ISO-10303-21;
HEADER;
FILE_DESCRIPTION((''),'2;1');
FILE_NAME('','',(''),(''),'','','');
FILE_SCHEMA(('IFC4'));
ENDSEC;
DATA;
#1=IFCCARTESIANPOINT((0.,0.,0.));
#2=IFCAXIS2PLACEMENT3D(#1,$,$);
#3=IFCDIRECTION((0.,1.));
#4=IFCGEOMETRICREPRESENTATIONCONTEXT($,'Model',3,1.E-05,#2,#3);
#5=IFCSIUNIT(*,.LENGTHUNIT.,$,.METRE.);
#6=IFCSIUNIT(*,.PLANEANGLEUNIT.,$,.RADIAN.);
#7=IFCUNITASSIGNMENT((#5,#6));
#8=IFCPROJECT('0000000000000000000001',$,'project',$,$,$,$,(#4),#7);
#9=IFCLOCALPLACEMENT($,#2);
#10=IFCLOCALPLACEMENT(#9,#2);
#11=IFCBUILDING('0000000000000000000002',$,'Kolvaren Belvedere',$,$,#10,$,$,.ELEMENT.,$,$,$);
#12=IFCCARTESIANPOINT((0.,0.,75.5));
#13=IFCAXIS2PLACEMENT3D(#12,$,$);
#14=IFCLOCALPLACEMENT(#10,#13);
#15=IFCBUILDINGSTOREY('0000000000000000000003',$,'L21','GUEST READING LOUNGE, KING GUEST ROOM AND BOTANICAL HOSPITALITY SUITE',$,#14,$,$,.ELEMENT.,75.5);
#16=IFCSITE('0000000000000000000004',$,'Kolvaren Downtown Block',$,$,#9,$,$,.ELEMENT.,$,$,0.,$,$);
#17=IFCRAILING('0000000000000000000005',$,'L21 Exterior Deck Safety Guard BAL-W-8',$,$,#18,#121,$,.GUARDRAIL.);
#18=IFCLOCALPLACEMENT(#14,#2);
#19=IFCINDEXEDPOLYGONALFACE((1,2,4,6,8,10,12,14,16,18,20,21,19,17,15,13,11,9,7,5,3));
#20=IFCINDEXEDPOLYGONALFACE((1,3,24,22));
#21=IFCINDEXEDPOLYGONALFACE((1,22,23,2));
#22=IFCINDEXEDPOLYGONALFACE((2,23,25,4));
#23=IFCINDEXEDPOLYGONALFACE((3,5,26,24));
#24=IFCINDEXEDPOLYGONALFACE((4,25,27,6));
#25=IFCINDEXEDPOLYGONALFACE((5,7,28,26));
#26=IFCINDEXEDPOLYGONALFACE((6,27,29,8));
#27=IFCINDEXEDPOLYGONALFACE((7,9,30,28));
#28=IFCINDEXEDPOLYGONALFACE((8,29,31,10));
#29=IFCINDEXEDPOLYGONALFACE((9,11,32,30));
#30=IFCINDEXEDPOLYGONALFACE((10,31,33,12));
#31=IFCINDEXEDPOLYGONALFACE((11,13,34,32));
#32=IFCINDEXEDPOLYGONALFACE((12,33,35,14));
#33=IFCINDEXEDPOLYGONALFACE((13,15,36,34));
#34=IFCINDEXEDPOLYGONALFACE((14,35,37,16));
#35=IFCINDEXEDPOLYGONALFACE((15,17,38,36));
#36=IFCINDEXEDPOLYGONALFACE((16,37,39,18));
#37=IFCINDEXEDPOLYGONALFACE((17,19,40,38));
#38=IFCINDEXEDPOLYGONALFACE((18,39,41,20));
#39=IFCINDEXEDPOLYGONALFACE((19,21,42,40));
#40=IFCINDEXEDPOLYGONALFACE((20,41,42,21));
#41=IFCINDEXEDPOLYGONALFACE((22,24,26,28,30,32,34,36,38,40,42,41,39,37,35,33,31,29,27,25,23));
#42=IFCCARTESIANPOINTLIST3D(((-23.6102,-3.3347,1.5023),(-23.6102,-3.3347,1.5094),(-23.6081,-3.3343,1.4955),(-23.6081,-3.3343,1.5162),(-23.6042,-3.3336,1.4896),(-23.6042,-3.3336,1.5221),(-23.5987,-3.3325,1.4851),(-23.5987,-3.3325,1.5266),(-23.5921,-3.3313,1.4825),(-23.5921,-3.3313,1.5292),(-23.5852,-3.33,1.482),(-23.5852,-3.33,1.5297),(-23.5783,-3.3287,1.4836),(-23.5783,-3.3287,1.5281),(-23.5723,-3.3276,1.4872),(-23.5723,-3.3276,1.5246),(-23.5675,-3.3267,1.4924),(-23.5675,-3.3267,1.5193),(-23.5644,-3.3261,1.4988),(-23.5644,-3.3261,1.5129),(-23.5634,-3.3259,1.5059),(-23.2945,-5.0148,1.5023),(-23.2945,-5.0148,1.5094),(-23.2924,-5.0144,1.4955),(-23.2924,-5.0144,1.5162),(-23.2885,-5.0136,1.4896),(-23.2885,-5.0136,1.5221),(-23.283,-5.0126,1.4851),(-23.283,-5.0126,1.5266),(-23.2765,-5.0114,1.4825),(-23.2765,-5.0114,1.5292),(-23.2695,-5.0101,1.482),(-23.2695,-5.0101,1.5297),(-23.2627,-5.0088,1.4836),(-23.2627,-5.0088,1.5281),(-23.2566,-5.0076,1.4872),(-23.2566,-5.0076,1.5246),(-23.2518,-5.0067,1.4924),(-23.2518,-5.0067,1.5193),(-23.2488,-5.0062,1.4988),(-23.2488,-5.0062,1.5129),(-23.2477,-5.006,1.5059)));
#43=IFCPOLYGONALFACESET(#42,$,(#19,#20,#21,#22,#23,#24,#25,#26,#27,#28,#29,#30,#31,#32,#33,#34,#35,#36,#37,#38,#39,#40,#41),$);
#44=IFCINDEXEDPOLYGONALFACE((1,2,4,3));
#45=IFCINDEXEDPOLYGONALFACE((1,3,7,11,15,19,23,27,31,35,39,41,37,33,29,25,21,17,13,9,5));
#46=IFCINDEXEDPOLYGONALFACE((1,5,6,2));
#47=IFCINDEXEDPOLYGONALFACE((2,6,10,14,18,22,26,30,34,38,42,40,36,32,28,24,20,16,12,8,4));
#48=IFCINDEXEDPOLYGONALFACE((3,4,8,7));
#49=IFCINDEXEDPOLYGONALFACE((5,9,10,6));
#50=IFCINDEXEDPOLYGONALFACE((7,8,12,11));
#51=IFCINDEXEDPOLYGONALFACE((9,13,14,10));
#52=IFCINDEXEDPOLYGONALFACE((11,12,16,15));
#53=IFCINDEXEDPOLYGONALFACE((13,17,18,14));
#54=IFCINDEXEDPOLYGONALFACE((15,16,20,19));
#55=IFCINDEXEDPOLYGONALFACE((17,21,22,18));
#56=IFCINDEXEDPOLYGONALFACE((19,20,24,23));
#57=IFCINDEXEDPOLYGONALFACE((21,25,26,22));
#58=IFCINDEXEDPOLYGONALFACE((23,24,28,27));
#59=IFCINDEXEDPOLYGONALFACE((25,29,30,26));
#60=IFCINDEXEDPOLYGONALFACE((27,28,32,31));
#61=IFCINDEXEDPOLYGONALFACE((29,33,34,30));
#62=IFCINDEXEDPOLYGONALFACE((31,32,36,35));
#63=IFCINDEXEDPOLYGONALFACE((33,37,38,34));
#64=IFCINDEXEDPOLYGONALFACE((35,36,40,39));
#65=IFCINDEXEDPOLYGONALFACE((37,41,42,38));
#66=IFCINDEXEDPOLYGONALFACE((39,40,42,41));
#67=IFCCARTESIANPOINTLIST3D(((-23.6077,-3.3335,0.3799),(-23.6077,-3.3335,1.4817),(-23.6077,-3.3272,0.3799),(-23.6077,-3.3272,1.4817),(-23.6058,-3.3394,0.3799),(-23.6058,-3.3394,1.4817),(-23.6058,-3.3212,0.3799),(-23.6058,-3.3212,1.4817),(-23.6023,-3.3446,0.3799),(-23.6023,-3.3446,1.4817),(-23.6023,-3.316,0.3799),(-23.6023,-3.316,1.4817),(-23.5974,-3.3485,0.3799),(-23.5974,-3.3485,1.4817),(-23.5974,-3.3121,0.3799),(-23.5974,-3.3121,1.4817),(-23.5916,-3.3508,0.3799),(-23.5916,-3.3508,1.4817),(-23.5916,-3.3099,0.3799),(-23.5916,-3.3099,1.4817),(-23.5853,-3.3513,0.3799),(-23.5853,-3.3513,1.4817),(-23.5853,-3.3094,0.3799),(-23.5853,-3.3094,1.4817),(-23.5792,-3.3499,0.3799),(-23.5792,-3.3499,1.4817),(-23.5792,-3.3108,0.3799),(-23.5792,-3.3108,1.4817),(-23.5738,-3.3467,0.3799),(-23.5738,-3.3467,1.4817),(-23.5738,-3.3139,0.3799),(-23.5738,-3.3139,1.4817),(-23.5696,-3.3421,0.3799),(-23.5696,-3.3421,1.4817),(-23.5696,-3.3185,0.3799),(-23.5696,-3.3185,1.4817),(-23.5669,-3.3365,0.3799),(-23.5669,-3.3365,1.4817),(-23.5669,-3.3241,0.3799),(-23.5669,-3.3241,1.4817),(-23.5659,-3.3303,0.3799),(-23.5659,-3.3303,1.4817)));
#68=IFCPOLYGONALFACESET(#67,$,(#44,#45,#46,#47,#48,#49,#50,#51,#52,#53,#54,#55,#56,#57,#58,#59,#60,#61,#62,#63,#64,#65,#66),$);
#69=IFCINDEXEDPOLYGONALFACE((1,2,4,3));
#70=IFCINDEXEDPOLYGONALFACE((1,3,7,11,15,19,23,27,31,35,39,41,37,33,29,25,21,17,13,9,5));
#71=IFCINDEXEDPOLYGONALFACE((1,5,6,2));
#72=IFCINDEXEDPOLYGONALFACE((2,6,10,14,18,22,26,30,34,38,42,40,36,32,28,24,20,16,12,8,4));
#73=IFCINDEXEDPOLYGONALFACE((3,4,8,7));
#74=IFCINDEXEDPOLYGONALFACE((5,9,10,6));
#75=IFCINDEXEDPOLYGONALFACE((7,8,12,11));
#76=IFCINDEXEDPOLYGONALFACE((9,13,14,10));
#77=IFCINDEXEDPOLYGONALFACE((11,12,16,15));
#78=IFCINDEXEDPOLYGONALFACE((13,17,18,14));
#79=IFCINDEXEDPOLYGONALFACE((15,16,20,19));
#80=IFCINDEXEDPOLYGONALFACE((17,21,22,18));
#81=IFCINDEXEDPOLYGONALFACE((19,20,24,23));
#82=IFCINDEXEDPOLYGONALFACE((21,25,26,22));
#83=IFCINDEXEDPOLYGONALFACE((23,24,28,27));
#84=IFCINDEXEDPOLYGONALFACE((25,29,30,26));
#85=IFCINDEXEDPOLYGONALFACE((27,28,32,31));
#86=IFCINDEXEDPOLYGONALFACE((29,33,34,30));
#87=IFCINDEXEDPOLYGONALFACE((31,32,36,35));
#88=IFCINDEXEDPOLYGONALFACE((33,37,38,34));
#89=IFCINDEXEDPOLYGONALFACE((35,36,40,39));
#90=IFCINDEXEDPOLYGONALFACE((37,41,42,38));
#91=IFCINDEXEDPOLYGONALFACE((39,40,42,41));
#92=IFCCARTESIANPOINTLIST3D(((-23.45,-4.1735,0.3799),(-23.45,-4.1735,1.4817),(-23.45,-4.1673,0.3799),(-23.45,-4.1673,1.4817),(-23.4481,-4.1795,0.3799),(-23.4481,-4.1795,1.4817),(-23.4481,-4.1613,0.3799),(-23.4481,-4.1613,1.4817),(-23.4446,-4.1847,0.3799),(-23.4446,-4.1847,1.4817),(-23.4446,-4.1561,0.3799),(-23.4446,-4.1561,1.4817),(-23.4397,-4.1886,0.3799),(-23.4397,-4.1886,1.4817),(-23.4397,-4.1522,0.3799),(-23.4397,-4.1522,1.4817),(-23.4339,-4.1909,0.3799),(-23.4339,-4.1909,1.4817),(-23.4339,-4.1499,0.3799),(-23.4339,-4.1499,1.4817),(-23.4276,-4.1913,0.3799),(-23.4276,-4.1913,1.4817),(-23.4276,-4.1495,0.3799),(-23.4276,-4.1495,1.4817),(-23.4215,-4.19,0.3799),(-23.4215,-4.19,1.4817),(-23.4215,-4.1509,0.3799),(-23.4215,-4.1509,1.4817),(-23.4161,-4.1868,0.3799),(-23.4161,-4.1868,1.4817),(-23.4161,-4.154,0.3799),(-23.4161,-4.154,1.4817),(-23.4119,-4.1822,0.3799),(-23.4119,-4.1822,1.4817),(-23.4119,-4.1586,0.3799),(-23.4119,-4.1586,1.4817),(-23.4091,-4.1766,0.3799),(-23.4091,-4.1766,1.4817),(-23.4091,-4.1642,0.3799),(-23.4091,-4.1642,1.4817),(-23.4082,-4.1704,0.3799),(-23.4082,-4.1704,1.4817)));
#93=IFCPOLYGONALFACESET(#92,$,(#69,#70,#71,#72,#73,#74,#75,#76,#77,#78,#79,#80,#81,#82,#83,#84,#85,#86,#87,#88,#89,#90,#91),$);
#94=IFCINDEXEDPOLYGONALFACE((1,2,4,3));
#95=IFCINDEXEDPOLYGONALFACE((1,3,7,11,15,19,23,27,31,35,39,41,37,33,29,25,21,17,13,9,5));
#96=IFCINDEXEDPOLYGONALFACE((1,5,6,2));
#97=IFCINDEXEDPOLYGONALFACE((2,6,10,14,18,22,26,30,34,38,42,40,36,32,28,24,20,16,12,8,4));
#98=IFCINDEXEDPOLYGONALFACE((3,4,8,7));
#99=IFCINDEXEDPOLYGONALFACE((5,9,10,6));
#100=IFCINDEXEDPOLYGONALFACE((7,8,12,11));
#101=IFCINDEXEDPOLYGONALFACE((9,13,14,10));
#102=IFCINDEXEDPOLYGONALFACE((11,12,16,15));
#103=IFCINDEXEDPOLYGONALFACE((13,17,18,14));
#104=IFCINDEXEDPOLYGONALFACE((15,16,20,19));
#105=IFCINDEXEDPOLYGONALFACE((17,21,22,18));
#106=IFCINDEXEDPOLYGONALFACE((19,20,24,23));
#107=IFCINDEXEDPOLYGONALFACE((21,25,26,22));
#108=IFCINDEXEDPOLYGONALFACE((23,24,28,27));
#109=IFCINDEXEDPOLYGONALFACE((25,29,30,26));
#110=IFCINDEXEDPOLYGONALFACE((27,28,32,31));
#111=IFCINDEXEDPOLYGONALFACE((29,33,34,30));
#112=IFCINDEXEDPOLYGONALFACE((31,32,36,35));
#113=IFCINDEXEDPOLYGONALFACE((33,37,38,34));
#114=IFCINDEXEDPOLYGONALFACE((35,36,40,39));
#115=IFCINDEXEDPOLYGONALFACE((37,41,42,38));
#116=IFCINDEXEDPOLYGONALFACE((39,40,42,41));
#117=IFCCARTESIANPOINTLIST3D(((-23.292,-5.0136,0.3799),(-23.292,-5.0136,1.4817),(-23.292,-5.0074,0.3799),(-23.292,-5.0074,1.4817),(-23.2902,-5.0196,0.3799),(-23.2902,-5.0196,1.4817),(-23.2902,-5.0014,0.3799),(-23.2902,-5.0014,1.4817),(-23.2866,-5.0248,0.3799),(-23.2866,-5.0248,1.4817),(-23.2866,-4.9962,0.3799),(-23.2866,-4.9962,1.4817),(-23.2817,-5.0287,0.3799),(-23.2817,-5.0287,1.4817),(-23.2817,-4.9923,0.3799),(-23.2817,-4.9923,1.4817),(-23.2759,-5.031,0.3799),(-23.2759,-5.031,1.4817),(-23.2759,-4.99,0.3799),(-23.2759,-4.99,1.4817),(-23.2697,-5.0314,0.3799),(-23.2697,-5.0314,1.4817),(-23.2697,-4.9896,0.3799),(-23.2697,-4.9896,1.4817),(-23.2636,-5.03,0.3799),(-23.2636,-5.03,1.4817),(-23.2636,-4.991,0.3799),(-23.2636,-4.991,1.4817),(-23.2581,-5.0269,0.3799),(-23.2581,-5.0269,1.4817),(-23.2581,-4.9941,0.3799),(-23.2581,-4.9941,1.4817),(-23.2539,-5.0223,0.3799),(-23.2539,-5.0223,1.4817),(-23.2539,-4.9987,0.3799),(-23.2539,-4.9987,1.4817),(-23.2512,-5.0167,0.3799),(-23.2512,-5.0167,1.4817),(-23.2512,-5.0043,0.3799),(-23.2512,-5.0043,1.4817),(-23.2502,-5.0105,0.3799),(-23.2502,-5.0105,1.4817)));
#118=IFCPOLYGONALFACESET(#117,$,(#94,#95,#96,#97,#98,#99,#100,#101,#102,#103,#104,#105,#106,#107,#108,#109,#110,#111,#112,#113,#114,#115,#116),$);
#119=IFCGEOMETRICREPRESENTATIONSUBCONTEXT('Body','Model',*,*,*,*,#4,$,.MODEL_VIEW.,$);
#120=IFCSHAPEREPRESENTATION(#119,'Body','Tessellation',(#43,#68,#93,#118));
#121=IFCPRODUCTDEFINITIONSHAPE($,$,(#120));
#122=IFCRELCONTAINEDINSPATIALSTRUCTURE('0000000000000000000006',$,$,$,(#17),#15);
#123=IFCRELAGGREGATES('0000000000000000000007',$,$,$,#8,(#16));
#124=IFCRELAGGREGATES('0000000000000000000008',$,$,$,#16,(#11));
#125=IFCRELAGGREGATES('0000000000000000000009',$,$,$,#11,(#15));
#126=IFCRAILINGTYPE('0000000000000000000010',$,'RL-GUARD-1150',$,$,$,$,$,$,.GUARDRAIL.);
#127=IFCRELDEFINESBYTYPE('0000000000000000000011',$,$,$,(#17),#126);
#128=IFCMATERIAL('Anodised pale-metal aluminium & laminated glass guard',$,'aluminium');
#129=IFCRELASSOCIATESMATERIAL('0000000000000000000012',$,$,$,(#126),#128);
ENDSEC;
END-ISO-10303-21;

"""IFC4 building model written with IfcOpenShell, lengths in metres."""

from ifc_helpers import new_model, si_unit, direction, frame, origin, origin_2d, place, context, subcontext, project, spatial, circle, extrude, material, type_object, element, save


model = new_model("IFC4")

# Units and contexts
model_context = context("Model", 3, precision=1e-05, world=origin(), true_north=direction((0.0, 1.0)))
body_context = subcontext(model_context, "Body", "Model", "MODEL_VIEW")
ifc_project = project(units=[si_unit("LENGTHUNIT", "METRE"), si_unit("PLANEANGLEUNIT", "RADIAN")], contexts=[model_context])

# Site, building, storey
site_placement = place(None, origin())
site = spatial("IfcSite", under=ifc_project, at=site_placement, Name="Kolvaren Downtown Block", CompositionType="ELEMENT", RefElevation=0.0)
building_placement = place(site_placement, origin())
building = spatial("IfcBuilding", under=site, at=building_placement, Name="Kolvaren Belvedere", CompositionType="ELEMENT")
storey_placement = place(building_placement, frame((0.0, 0.0, 75.5)))
storey = spatial("IfcBuildingStorey", under=building, at=storey_placement, Name="L21", Description="GUEST READING LOUNGE, KING GUEST ROOM AND BOTANICAL HOSPITALITY SUITE", CompositionType="ELEMENT", Elevation=75.5)

# Railing
ifc_material_1 = material(Name="Anodised pale-metal aluminium & laminated glass guard", Category="aluminium")
railing_type = type_object("IfcRailingType", Name="RL-GUARD-1150", PredefinedType="GUARDRAIL", material=ifc_material_1)
railing_1_placement = place(storey_placement, frame((-23.5869, -3.3303, 0.3799)))
element("IfcRailing", 1, at=railing_1_placement, inside=storey, type_object=railing_type, Name="L21 Exterior Deck Safety Guard BAL-W-8", PredefinedType="GUARDRAIL", context=body_context, shape_type="SweptSolid", body=[
    extrude(circle(Radius=0.0239, at=origin_2d()), frame((0.0, 0.0, 1.126), z_axis=(0.184651, -0.982804, 0.0), x_axis=(0.982804, 0.184651, 0.0)), (0.0, 0.0, 1.0), 1.7095),
    extrude(circle(Radius=0.021, at=origin_2d()), origin(), (0.0, 0.0, 1.0), 1.1018),
    extrude(circle(Radius=0.021, at=origin_2d()), frame((0.1577, -0.8401, 0.0)), (0.0, 0.0, 1.0), 1.1018),
    extrude(circle(Radius=0.021, at=origin_2d()), frame((0.3157, -1.6802, 0.0)), (0.0, 0.0, 1.0), 1.1018),
])

save(model, "model.ifc")
